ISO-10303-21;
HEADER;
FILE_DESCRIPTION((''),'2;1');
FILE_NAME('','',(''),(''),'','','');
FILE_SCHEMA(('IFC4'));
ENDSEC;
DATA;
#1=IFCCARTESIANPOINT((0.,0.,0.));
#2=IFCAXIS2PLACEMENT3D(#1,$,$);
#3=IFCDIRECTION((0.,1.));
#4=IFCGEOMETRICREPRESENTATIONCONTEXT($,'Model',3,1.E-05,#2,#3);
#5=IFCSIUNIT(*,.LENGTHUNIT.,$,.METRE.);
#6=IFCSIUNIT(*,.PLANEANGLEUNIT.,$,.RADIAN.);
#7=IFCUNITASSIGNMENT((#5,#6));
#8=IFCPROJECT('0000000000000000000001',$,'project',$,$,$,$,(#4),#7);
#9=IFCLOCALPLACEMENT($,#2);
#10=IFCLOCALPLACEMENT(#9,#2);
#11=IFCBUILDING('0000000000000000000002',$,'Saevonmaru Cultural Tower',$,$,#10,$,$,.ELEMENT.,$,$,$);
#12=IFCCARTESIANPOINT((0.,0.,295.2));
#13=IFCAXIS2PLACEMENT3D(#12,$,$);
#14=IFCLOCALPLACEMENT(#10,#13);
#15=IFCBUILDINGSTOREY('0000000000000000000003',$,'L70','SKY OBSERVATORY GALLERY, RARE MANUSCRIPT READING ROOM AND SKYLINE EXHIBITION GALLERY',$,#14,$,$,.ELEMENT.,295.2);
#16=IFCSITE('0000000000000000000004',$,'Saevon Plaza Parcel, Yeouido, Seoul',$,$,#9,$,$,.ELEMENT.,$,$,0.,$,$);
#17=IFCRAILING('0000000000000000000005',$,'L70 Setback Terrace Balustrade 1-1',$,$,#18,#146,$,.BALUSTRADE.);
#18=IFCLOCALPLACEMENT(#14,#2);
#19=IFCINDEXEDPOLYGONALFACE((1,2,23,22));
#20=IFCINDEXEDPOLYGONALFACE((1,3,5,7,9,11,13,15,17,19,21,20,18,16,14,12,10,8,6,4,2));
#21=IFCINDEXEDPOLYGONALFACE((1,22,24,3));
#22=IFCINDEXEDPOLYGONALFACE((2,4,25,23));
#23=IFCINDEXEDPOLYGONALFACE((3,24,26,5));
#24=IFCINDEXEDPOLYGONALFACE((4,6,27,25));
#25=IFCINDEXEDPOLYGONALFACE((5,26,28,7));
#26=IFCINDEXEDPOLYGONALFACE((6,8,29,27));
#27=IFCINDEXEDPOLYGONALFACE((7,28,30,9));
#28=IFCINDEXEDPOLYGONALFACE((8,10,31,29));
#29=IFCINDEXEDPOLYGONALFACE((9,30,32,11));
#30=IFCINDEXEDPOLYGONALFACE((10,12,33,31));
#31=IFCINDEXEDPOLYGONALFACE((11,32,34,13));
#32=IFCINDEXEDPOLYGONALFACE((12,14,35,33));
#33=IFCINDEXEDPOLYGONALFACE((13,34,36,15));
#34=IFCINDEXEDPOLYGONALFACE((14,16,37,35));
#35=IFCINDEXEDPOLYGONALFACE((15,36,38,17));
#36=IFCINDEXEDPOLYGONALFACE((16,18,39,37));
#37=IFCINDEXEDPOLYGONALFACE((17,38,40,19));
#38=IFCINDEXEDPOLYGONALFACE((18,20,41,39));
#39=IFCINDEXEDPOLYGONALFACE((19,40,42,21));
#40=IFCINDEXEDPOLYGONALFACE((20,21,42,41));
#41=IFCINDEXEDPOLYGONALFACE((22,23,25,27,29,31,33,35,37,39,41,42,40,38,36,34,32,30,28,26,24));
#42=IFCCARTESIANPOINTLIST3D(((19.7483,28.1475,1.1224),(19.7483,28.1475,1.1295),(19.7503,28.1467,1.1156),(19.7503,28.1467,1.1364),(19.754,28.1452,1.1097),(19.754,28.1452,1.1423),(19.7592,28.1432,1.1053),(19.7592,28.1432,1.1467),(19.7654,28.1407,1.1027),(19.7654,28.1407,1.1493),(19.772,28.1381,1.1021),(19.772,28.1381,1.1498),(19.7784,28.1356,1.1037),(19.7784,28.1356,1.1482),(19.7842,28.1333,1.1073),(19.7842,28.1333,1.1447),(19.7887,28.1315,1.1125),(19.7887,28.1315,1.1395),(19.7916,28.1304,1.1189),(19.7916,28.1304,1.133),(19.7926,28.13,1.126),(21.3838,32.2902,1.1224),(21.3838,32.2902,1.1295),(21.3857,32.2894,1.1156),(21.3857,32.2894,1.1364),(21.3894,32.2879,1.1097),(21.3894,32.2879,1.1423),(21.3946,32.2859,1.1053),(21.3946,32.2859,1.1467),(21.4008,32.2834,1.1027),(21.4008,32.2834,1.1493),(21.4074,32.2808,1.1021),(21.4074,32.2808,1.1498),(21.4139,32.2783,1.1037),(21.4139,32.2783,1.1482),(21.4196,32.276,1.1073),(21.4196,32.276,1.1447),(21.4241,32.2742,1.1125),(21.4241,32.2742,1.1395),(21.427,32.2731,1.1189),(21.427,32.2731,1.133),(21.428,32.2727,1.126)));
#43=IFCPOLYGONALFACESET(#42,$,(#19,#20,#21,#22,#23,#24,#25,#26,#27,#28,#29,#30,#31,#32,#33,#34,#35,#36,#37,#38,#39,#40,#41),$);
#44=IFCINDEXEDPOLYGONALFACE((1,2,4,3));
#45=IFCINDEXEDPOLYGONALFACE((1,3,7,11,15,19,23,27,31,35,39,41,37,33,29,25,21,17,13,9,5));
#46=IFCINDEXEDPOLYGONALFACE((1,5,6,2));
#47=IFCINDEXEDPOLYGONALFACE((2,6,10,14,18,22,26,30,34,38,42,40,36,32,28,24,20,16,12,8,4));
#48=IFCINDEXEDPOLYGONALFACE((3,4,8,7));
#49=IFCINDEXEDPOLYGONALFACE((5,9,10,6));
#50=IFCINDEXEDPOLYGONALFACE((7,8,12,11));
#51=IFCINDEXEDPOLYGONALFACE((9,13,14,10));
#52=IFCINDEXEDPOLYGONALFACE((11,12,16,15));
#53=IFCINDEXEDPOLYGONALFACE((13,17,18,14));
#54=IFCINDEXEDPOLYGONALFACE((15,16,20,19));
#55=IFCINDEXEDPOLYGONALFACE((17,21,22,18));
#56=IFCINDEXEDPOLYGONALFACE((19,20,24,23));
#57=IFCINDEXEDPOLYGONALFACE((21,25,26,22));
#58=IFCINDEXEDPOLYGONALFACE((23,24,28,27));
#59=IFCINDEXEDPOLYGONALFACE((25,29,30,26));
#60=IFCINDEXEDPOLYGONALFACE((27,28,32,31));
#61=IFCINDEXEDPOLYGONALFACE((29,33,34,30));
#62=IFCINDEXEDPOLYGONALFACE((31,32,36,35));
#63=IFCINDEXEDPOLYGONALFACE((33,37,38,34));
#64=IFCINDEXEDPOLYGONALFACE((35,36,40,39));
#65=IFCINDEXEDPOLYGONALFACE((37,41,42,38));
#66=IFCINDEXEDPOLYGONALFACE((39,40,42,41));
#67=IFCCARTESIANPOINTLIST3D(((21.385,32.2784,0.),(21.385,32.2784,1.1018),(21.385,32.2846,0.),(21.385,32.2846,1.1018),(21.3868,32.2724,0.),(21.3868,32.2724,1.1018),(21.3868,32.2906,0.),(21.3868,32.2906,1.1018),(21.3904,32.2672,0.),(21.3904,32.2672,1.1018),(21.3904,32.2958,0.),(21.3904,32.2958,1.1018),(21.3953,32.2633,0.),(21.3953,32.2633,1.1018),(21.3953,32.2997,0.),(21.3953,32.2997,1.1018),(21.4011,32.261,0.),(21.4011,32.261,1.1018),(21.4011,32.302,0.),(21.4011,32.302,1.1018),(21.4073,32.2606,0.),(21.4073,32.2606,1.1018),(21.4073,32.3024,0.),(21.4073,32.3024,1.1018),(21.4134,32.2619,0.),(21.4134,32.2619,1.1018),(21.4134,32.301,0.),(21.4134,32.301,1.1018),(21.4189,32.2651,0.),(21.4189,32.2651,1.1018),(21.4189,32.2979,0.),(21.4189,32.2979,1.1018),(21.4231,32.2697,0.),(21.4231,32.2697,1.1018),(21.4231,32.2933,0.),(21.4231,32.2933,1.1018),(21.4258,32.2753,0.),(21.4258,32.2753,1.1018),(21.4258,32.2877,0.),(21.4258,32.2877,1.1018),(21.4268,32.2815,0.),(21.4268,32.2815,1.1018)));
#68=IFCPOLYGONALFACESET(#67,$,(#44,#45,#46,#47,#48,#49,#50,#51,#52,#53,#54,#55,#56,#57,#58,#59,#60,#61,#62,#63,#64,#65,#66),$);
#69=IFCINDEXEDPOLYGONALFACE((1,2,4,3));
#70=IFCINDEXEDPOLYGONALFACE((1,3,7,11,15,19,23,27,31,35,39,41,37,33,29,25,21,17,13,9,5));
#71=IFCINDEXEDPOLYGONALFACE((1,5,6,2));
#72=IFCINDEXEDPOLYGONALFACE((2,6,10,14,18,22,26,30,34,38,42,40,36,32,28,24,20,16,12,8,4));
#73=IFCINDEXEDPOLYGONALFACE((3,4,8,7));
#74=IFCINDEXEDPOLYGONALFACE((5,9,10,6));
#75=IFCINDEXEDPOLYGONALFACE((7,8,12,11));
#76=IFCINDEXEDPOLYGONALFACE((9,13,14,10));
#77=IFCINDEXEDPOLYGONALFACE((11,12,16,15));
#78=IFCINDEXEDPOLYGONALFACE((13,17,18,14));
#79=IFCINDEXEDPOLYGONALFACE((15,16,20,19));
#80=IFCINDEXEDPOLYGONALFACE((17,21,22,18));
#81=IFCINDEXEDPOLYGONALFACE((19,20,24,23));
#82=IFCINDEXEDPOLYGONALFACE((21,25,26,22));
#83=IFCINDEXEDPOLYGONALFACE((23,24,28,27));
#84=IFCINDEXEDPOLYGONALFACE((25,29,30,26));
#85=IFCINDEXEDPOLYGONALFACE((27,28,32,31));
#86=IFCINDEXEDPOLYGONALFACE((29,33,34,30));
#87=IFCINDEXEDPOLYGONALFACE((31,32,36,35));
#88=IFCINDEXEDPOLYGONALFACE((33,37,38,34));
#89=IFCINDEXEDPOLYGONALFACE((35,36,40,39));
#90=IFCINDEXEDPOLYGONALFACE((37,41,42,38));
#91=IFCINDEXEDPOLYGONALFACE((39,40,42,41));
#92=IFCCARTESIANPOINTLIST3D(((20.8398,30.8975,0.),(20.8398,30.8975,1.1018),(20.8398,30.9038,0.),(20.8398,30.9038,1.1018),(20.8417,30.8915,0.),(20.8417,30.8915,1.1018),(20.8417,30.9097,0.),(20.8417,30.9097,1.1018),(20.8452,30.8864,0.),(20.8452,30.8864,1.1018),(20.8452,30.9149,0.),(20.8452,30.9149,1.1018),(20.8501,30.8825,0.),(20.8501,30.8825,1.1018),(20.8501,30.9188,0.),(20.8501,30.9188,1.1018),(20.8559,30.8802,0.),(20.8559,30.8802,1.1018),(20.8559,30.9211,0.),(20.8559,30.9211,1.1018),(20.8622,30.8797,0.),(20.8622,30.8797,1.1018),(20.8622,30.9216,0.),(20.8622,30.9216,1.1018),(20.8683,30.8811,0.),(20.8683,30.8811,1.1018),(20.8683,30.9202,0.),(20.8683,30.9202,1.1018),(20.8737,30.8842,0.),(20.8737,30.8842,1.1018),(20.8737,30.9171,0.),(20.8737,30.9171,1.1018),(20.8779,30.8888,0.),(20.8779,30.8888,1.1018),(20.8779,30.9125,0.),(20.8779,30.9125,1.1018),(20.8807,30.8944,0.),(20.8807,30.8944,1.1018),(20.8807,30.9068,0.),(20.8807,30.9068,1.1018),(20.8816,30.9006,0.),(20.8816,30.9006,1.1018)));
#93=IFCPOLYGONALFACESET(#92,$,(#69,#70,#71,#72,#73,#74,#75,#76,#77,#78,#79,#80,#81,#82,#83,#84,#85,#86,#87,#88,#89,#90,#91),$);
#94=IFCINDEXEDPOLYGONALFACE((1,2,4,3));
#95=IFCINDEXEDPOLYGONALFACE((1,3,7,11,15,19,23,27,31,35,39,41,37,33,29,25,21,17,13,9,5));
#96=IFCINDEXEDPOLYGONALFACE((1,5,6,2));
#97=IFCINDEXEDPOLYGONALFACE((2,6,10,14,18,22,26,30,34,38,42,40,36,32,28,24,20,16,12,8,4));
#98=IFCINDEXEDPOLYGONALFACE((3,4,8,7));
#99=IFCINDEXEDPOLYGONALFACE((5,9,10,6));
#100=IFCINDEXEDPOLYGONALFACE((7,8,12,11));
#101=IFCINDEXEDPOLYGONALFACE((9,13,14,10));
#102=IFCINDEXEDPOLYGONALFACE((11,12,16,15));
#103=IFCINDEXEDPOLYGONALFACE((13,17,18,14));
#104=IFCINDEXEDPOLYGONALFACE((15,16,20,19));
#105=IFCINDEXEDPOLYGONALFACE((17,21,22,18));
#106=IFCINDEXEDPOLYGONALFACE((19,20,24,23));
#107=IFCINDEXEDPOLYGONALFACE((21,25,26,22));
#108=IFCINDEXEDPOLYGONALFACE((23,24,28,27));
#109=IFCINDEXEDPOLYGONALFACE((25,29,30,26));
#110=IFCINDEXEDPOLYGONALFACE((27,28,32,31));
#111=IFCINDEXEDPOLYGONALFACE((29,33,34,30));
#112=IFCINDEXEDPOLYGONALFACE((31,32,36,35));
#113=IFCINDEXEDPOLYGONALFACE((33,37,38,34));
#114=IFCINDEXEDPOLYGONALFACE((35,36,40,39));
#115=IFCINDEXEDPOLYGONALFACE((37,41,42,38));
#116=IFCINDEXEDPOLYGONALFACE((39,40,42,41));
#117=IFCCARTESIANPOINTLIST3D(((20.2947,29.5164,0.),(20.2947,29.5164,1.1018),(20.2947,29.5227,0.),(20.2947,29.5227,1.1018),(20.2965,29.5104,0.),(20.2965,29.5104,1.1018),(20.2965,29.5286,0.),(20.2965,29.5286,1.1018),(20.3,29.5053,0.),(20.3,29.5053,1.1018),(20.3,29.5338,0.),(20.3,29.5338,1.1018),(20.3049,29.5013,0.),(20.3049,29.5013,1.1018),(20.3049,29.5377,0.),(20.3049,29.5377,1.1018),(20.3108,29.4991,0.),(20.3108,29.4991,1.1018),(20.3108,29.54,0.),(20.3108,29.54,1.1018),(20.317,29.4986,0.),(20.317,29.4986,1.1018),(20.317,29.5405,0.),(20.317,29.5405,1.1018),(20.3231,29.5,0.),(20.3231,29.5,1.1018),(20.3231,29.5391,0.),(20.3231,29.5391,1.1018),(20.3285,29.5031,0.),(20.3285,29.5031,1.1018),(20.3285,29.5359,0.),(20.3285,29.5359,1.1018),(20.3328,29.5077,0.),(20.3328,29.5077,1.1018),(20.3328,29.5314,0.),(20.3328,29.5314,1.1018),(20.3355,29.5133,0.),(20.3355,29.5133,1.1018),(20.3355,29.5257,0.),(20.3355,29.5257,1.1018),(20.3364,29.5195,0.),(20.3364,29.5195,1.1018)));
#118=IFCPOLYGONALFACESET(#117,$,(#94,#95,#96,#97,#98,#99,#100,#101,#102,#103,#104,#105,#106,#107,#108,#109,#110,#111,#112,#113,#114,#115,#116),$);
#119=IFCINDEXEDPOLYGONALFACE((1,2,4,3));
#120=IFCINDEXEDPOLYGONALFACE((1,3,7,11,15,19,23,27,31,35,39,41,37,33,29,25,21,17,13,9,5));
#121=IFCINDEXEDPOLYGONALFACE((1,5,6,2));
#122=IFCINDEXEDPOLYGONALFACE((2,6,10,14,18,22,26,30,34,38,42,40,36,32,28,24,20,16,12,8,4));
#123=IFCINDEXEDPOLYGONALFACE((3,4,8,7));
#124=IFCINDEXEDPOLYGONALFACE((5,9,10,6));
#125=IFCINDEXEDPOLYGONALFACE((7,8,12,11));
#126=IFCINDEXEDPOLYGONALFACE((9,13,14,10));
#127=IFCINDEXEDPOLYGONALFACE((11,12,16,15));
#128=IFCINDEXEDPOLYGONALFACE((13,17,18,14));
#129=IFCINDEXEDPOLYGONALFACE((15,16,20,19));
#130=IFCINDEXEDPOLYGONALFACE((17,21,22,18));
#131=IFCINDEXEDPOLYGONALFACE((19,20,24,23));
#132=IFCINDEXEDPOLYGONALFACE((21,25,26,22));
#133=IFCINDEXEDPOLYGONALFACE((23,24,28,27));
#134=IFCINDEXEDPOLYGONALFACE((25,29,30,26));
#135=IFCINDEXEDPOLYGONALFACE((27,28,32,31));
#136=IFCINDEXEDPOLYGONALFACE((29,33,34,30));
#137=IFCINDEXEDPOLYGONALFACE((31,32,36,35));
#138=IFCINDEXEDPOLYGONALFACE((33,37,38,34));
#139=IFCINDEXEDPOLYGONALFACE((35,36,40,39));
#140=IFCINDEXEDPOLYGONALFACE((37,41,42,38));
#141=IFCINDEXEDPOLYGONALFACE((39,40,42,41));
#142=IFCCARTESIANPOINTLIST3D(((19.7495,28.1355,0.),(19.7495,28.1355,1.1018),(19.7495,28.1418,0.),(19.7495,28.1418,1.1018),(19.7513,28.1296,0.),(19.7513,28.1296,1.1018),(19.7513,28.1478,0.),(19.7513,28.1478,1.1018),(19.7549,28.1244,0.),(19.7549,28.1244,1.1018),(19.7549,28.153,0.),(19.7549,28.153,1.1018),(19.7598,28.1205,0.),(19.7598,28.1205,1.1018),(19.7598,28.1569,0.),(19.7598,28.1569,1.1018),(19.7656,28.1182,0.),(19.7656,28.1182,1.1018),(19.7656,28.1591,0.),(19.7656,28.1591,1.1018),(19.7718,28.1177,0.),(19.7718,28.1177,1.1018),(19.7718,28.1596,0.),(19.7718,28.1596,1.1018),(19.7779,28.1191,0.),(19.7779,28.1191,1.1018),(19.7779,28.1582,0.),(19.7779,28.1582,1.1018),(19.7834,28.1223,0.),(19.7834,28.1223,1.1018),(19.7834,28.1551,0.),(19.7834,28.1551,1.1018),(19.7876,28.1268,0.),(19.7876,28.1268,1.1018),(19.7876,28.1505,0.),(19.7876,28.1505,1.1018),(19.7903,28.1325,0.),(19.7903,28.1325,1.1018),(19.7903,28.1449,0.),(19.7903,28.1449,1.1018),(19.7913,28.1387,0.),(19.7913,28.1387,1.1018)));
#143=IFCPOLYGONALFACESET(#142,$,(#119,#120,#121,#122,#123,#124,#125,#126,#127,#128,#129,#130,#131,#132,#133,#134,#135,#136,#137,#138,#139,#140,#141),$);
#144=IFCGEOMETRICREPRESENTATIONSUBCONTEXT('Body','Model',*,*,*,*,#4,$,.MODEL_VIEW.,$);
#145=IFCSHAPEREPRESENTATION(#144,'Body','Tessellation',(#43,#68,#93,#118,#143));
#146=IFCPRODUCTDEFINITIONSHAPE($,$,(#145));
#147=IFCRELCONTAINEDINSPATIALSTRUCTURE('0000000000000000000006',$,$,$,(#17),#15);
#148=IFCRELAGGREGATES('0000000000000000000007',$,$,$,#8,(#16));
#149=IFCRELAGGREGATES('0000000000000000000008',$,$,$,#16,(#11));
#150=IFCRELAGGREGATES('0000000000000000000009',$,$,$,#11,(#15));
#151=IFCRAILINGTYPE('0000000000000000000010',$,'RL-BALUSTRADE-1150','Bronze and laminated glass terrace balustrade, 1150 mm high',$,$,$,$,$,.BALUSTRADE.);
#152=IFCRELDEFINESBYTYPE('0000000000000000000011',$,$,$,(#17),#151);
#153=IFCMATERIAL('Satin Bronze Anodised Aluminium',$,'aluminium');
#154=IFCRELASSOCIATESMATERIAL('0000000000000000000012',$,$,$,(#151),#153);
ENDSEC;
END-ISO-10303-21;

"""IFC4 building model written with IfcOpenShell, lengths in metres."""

from ifc_helpers import new_model, si_unit, direction, frame, origin, origin_2d, place, context, subcontext, project, spatial, circle, extrude, material, type_object, element, save


model = new_model("IFC4")

# Units and contexts
model_context = context("Model", 3, precision=1e-05, world=origin(), true_north=direction((0.0, 1.0)))
body_context = subcontext(model_context, "Body", "Model", "MODEL_VIEW")
ifc_project = project(units=[si_unit("LENGTHUNIT", "METRE"), si_unit("PLANEANGLEUNIT", "RADIAN")], contexts=[model_context])

# Site, building, storey
site_placement = place(None, origin())
site = spatial("IfcSite", under=ifc_project, at=site_placement, Name="Saevon Plaza Parcel, Yeouido, Seoul", CompositionType="ELEMENT", RefElevation=0.0)
building_placement = place(site_placement, origin())
building = spatial("IfcBuilding", under=site, at=building_placement, Name="Saevonmaru Cultural Tower", CompositionType="ELEMENT")
storey_placement = place(building_placement, frame((0.0, 0.0, 295.2)))
storey = spatial("IfcBuildingStorey", under=building, at=storey_placement, Name="L70", Description="SKY OBSERVATORY GALLERY, RARE MANUSCRIPT READING ROOM AND SKYLINE EXHIBITION GALLERY", CompositionType="ELEMENT", Elevation=295.2)

# Shared definitions
ifc_material_1 = material(Name="Satin Bronze Anodised Aluminium", Category="aluminium")

# Railing
railing_type = type_object("IfcRailingType", Name="RL-BALUSTRADE-1150", Description="Bronze and laminated glass terrace balustrade, 1150 mm high", PredefinedType="BALUSTRADE", material=ifc_material_1)
railing_placement = place(storey_placement, frame((21.4058, 32.2815, 0.0)))
element("IfcRailing", 1, at=railing_placement, inside=storey, type_object=railing_type, Name="L70 Setback Terrace Balustrade 1-1", PredefinedType="BALUSTRADE", context=body_context, shape_type="SweptSolid", body=[
    extrude(circle(Radius=0.0239, at=origin_2d()), frame((0.0, 0.0, 1.126), z_axis=(-0.3672, -0.930142, 0.0), x_axis=(0.930142, -0.3672, 0.0)), (0.0, 0.0, 1.0), 4.4539),
    extrude(circle(Radius=0.021, at=origin_2d()), origin(), (0.0, 0.0, 1.0), 1.1018),
    extrude(circle(Radius=0.021, at=origin_2d()), frame((-0.5452, -1.3809, 0.0)), (0.0, 0.0, 1.0), 1.1018),
    extrude(circle(Radius=0.021, at=origin_2d()), frame((-1.0903, -2.762, 0.0)), (0.0, 0.0, 1.0), 1.1018),
    extrude(circle(Radius=0.021, at=origin_2d()), frame((-1.6355, -4.1428, 0.0)), (0.0, 0.0, 1.0), 1.1018),
])

save(model, "model.ifc")
